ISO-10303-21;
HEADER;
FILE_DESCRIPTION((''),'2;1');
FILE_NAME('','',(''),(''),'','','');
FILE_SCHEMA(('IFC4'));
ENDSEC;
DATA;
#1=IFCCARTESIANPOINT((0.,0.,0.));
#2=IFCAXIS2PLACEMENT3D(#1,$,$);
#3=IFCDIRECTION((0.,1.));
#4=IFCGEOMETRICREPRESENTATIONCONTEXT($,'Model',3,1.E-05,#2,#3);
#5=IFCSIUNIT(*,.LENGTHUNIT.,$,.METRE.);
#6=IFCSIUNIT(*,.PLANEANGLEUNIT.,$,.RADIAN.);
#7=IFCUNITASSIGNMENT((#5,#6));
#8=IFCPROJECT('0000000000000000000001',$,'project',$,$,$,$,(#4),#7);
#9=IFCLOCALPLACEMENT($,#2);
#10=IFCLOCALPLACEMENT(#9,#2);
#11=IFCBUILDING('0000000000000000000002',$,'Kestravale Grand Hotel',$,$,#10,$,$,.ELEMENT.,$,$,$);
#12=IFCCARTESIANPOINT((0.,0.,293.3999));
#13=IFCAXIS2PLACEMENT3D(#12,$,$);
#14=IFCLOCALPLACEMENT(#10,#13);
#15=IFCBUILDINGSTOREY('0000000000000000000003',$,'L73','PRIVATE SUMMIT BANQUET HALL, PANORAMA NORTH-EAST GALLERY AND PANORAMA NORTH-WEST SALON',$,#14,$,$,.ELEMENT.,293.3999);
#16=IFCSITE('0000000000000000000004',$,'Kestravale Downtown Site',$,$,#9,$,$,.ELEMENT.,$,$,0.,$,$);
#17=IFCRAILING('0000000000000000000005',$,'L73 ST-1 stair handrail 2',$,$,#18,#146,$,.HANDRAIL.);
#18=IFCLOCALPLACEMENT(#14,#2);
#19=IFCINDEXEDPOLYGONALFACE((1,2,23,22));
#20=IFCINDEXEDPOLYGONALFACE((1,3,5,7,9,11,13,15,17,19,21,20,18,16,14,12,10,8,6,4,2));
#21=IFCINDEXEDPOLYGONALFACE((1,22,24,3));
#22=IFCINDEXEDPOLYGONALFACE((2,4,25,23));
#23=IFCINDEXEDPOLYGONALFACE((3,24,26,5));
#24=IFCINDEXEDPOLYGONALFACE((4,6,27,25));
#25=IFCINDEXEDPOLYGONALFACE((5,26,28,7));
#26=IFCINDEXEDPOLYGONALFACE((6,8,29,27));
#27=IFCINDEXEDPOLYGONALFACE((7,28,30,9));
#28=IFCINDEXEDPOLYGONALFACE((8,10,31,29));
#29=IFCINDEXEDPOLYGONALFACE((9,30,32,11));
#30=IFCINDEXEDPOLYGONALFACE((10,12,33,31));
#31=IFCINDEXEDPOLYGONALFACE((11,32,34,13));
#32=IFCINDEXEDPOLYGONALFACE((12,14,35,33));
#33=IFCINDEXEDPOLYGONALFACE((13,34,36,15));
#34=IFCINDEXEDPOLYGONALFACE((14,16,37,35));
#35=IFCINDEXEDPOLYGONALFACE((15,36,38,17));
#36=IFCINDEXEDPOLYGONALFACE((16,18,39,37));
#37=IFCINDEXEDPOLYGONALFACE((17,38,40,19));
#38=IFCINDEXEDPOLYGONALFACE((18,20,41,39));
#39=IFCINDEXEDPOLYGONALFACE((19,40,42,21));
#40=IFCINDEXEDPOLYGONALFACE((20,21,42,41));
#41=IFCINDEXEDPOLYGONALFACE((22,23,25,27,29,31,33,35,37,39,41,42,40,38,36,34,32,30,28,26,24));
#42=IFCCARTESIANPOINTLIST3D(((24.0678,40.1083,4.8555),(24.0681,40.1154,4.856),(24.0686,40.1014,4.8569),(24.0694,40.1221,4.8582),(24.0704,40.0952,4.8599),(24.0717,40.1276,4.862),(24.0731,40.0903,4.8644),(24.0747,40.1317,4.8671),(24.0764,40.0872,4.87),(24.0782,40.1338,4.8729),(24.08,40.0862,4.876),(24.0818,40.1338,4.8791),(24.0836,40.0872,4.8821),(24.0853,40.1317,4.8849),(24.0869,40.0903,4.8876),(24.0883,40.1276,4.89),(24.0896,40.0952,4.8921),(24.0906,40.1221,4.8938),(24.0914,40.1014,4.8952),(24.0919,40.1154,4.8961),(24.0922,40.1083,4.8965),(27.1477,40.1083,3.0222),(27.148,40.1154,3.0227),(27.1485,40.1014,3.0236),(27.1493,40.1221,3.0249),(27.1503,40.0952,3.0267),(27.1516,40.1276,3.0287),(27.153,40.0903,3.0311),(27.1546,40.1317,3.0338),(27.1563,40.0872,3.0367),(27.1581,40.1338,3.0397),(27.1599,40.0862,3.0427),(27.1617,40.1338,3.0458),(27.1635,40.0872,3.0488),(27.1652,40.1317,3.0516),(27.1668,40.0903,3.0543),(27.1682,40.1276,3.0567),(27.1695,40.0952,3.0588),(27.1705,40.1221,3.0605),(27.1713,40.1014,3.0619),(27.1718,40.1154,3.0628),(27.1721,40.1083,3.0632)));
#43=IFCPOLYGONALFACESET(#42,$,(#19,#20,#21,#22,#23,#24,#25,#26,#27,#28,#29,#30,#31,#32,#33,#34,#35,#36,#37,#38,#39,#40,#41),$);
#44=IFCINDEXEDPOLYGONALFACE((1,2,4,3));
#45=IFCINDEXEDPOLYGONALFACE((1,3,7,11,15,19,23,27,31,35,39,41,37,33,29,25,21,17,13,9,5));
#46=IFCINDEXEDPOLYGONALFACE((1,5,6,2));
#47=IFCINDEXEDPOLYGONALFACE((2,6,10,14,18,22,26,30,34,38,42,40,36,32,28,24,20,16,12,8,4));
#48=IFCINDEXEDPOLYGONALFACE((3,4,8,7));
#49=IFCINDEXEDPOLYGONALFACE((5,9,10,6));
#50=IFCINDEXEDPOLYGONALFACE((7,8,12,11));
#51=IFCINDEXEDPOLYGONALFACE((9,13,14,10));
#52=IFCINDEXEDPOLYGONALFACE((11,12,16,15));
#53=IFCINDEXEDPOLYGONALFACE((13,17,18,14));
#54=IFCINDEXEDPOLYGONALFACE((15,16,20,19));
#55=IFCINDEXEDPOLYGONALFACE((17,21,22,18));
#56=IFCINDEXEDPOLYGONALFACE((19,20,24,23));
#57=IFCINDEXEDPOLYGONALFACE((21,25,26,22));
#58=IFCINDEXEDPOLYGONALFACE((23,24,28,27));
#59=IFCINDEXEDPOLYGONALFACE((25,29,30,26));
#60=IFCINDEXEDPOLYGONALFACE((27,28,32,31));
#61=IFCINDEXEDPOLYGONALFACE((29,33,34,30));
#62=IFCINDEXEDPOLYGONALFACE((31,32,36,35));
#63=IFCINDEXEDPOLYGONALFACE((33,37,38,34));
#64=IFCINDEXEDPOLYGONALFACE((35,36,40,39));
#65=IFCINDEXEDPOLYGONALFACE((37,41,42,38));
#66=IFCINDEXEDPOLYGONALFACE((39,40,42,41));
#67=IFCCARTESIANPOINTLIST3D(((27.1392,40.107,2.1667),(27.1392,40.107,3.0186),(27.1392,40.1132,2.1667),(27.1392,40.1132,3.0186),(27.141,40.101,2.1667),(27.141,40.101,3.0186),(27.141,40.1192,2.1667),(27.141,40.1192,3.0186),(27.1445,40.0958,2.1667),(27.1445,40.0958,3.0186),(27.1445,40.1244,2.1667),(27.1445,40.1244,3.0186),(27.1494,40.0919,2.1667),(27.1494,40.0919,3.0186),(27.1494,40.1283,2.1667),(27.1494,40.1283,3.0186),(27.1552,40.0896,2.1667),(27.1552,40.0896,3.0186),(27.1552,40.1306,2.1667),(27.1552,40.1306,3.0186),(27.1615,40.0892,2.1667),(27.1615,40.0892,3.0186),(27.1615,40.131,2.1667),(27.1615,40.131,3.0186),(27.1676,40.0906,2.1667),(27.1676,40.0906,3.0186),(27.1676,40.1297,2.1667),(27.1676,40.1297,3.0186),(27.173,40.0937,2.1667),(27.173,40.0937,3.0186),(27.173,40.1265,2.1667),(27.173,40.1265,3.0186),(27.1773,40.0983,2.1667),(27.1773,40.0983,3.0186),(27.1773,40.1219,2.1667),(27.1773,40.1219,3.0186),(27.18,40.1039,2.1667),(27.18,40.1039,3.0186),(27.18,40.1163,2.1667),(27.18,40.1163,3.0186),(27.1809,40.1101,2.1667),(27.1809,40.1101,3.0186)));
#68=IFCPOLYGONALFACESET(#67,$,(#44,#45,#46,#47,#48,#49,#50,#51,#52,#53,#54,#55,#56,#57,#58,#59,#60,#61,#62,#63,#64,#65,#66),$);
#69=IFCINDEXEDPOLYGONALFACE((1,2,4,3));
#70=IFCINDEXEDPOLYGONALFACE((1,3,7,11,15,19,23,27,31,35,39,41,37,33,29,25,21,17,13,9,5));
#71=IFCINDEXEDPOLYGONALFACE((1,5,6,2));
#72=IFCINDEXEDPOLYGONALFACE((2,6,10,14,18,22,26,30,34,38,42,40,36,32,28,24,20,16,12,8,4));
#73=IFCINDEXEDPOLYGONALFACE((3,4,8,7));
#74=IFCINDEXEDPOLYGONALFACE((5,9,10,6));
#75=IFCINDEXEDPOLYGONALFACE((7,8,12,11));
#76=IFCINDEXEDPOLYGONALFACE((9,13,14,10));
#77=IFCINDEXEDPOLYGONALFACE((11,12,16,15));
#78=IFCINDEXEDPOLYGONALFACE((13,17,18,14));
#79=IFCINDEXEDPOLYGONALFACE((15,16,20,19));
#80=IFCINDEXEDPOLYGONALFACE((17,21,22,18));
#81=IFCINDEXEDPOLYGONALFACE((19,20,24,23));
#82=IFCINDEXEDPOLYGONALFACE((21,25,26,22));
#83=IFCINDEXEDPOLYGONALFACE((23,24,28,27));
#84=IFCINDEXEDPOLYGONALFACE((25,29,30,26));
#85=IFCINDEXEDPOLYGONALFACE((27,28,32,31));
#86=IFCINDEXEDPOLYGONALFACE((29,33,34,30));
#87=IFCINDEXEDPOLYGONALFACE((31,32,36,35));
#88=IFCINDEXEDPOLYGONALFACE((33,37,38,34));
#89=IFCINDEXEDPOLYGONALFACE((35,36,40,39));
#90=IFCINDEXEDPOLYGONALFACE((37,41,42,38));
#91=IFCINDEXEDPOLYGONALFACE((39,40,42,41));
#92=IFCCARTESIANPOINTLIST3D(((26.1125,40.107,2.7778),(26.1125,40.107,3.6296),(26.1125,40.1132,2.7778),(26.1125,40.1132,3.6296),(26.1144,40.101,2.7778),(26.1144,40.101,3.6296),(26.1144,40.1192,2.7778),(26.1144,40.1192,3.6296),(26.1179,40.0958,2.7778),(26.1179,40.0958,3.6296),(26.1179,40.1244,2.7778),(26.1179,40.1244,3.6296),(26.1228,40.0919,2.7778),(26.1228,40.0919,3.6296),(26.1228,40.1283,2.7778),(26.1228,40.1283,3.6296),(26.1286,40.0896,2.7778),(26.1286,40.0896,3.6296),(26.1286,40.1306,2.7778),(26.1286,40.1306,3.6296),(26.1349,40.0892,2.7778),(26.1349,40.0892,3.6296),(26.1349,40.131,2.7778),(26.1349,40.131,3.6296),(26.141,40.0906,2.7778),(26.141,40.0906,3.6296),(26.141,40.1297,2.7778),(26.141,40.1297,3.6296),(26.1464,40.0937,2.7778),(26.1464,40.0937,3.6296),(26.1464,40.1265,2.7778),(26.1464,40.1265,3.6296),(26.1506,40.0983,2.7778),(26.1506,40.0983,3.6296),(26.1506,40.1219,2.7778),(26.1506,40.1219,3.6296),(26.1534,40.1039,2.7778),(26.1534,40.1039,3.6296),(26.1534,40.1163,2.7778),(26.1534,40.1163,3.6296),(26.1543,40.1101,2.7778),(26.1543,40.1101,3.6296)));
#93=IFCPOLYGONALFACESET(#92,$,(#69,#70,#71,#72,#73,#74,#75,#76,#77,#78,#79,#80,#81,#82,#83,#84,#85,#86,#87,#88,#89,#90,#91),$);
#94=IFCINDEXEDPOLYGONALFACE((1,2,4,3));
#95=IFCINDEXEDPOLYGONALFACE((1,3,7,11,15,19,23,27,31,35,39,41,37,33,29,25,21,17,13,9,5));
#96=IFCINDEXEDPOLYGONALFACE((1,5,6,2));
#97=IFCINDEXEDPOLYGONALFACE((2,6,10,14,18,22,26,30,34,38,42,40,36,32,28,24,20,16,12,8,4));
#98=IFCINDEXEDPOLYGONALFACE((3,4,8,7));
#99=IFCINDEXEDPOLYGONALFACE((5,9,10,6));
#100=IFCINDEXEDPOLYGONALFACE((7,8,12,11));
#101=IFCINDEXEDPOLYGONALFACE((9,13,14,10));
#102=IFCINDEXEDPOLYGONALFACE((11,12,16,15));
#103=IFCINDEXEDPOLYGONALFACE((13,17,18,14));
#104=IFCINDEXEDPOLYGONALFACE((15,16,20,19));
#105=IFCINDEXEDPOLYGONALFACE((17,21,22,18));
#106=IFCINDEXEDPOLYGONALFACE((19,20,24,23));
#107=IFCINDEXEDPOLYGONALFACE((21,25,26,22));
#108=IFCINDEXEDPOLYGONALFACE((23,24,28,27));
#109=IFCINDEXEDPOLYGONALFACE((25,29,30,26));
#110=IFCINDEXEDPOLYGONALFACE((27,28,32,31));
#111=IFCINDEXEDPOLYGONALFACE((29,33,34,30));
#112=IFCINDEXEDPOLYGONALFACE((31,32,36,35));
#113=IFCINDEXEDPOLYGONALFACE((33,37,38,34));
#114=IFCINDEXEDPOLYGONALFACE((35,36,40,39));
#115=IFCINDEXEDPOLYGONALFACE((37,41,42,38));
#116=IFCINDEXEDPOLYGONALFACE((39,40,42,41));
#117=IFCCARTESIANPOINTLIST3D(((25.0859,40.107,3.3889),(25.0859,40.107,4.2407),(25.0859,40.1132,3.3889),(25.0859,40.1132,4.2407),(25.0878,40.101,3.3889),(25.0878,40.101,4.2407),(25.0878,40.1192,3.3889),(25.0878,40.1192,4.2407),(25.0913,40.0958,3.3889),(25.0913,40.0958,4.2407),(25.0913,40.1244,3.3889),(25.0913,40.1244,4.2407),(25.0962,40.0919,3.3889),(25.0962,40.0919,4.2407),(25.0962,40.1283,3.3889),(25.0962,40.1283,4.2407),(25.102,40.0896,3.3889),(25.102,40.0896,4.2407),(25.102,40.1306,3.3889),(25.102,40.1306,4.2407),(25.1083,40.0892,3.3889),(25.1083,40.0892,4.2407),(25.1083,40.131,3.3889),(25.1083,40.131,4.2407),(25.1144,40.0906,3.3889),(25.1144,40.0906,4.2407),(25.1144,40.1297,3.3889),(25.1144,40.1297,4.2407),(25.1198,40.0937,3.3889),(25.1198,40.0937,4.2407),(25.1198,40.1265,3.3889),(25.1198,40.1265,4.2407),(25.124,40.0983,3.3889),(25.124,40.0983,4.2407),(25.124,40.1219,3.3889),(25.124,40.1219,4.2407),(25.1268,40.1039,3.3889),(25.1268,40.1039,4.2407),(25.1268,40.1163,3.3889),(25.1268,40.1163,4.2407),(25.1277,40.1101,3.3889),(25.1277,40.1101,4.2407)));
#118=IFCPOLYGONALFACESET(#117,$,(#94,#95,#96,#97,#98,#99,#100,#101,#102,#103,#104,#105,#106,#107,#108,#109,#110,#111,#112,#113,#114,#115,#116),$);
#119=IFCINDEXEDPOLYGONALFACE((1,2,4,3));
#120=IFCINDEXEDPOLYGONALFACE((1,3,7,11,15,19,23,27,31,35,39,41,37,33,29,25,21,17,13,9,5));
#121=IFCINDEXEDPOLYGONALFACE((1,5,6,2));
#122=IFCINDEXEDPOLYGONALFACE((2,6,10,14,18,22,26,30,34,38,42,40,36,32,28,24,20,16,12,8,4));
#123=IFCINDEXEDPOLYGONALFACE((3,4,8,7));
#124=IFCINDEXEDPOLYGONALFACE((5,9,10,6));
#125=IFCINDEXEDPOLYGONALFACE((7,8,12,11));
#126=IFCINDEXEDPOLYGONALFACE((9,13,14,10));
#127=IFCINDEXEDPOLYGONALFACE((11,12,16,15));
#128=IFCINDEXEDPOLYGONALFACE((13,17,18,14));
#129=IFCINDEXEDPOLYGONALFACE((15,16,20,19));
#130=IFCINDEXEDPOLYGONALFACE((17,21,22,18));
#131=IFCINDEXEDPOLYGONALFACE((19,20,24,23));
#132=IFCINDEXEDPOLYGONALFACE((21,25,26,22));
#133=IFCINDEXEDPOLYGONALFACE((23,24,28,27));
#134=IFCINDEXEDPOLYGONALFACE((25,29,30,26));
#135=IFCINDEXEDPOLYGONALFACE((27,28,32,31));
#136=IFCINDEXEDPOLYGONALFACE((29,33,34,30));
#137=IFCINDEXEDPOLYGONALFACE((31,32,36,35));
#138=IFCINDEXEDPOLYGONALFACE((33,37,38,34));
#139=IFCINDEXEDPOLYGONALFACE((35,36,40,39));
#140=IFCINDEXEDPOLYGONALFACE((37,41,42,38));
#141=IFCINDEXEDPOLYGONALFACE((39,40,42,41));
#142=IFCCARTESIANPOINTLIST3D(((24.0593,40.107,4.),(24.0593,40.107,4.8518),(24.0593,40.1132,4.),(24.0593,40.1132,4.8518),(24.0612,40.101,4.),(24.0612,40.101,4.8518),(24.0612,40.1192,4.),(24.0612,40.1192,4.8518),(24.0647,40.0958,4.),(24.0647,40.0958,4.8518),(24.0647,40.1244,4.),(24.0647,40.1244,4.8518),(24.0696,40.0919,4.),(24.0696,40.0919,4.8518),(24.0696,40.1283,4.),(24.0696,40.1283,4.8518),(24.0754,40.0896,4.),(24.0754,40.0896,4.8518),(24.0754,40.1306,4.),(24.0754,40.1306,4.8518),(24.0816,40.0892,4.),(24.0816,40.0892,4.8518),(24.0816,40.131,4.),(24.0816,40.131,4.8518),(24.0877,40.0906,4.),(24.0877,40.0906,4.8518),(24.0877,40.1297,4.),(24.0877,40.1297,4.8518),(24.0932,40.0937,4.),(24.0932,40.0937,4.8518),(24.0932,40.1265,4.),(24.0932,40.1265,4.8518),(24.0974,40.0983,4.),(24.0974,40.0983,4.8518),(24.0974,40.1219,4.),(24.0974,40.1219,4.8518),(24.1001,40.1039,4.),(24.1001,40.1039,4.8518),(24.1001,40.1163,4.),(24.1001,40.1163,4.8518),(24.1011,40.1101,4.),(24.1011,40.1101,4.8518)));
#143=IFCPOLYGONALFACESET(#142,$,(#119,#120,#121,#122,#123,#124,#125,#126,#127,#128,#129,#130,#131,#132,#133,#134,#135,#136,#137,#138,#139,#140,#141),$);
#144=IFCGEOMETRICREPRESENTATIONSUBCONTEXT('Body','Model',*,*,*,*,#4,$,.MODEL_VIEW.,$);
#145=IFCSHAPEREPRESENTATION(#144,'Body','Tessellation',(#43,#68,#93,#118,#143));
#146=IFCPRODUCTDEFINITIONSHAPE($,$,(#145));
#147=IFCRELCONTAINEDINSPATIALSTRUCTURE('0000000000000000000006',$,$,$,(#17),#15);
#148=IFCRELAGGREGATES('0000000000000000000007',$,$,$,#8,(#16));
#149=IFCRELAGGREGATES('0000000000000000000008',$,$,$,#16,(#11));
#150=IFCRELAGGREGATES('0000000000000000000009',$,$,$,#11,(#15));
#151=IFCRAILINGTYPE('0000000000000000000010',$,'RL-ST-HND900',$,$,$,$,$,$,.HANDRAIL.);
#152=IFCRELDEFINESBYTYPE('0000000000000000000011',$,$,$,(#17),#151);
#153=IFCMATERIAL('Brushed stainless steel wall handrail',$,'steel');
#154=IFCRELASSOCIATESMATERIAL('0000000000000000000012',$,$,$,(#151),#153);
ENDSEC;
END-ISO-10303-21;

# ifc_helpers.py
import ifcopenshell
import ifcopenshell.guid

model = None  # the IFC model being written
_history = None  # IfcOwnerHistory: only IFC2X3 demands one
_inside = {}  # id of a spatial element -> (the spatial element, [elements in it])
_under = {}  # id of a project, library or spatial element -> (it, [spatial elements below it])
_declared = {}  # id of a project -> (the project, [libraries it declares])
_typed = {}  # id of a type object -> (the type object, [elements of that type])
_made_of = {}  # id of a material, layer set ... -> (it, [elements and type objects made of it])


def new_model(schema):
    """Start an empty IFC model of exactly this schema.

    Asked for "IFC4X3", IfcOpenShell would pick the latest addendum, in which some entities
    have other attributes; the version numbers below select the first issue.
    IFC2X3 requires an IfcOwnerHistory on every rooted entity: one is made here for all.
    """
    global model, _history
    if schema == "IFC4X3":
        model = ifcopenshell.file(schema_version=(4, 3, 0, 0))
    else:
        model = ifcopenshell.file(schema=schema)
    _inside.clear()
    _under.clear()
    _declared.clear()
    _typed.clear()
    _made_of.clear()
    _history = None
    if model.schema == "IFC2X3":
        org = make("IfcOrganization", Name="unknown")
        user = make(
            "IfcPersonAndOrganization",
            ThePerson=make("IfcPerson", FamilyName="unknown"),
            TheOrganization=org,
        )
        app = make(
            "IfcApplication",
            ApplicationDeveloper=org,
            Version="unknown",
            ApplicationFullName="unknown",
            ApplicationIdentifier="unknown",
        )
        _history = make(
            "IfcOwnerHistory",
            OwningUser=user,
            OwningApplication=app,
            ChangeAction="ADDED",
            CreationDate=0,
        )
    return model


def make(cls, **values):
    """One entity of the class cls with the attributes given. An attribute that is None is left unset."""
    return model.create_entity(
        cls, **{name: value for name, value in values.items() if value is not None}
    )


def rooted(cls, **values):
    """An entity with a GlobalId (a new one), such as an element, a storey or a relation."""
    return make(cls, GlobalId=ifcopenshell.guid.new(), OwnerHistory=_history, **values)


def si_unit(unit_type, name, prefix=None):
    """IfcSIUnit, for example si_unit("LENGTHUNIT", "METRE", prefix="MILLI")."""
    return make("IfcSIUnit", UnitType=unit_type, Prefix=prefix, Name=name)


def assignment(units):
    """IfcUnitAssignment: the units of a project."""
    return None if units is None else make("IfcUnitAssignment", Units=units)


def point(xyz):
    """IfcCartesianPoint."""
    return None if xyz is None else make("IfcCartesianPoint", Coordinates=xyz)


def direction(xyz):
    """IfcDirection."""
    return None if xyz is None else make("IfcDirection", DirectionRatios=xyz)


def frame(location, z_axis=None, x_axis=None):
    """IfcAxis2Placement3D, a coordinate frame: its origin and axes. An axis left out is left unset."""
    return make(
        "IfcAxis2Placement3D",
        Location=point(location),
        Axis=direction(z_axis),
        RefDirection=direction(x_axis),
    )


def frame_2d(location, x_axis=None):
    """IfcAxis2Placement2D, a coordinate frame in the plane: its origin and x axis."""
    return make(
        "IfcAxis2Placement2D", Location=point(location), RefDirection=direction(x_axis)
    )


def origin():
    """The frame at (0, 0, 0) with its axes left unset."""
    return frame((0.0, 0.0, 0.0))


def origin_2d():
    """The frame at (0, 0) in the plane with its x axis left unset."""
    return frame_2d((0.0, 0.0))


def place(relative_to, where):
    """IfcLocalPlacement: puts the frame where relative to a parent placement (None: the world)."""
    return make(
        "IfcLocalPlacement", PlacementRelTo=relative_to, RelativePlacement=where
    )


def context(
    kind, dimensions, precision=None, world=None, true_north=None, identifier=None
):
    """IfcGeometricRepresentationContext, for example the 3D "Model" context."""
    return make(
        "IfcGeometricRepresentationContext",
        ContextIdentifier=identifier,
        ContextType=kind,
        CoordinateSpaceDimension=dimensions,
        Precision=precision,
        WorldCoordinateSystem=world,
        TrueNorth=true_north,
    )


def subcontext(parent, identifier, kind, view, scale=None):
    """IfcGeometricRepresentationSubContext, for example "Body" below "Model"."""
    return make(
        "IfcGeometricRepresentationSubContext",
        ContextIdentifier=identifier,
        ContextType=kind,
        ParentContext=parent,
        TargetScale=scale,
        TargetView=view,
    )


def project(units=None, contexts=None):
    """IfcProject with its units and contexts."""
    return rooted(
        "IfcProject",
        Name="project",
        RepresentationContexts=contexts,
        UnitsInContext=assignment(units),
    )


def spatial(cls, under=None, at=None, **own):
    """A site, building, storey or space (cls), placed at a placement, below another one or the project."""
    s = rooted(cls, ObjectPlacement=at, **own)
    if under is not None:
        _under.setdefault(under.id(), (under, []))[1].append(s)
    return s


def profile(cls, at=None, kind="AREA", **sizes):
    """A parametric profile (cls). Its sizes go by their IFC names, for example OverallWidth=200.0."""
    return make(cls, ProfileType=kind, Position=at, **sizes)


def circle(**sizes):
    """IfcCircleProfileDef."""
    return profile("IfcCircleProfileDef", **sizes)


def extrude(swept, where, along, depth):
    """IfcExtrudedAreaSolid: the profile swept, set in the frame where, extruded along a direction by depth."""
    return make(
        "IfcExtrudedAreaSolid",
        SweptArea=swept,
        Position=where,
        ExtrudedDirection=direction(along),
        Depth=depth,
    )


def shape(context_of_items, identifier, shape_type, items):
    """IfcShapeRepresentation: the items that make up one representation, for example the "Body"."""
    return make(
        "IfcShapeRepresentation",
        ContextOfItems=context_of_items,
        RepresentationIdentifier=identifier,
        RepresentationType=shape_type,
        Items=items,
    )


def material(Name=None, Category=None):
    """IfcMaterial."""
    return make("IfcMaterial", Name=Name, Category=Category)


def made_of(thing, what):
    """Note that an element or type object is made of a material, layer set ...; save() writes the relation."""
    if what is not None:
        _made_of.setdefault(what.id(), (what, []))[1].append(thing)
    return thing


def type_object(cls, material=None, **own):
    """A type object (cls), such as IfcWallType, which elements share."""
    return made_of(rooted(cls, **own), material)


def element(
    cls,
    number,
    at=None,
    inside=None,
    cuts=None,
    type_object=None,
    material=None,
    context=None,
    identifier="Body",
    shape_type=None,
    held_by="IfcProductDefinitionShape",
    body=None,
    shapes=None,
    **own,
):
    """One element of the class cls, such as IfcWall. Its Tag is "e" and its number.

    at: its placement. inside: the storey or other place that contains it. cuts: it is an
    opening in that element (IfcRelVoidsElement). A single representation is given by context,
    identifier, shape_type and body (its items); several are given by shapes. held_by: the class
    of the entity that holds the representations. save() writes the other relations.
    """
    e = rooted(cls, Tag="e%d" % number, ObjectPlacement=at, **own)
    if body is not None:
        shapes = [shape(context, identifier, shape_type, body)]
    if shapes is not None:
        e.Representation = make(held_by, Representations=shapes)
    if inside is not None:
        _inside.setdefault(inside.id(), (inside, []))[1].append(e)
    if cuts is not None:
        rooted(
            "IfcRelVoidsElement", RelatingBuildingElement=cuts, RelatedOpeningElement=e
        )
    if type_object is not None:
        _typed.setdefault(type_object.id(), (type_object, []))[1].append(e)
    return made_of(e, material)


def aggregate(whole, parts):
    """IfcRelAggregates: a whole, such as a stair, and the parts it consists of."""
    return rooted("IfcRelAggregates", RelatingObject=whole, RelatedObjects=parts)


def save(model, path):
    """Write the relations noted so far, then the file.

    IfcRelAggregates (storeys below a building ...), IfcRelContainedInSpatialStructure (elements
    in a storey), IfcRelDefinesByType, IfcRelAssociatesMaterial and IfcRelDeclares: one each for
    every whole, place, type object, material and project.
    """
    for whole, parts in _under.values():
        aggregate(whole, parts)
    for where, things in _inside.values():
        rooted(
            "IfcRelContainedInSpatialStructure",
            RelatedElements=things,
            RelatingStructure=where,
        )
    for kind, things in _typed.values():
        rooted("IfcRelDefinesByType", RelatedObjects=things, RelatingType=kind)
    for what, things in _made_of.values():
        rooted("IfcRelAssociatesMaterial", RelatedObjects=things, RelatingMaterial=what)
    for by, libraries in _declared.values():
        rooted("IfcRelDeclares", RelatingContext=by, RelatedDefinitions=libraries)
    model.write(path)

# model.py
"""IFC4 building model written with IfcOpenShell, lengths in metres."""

from ifc_helpers import new_model, si_unit, direction, frame, origin, origin_2d, place, context, subcontext, project, spatial, circle, extrude, material, type_object, element, save


model = new_model("IFC4")

# Units and contexts
model_context = context("Model", 3, precision=1e-05, world=origin(), true_north=direction((0.0, 1.0)))
body_context = subcontext(model_context, "Body", "Model", "MODEL_VIEW")
ifc_project = project(units=[si_unit("LENGTHUNIT", "METRE"), si_unit("PLANEANGLEUNIT", "RADIAN")], contexts=[model_context])

# Site, building, storey
site_placement = place(None, origin())
site = spatial("IfcSite", under=ifc_project, at=site_placement, Name="Kestravale Downtown Site", CompositionType="ELEMENT", RefElevation=0.0)
building_placement = place(site_placement, origin())
building = spatial("IfcBuilding", under=site, at=building_placement, Name="Kestravale Grand Hotel", CompositionType="ELEMENT")
storey_placement = place(building_placement, frame((0.0, 0.0, 293.3999)))
storey = spatial("IfcBuildingStorey", under=building, at=storey_placement, Name="L73", Description="PRIVATE SUMMIT BANQUET HALL, PANORAMA NORTH-EAST GALLERY AND PANORAMA NORTH-WEST SALON", CompositionType="ELEMENT", Elevation=293.3999)

# Railing
ifc_material_1 = material(Name="Brushed stainless steel wall handrail", Category="steel")
railing_type_1 = type_object("IfcRailingType", Name="RL-ST-HND900", PredefinedType="HANDRAIL", material=ifc_material_1)
railing_1_placement = place(storey_placement, frame((27.1599, 40.1101, 2.1667)))
element("IfcRailing", 1, at=railing_1_placement, inside=storey, type_object=railing_type_1, Name="L73 ST-1 stair handrail 2", PredefinedType="HANDRAIL", context=body_context, shape_type="SweptSolid", body=[
    extrude(circle(Radius=0.0239, at=origin_2d()), frame((0.0, 0.0, 0.876), z_axis=(-0.859291, 0.0, 0.511487), x_axis=(0.0, -1.0, 0.0)), (0.0, 0.0, 1.0), 3.5842),
    extrude(circle(Radius=0.021, at=origin_2d()), origin(), (0.0, 0.0, 1.0), 0.8518),
    extrude(circle(Radius=0.021, at=origin_2d()), frame((-1.0266, 0.0, 0.6111)), (0.0, 0.0, 1.0), 0.8518),
    extrude(circle(Radius=0.021, at=origin_2d()), frame((-2.0532, 0.0, 1.2222)), (0.0, 0.0, 1.0), 0.8518),
    extrude(circle(Radius=0.021, at=origin_2d()), frame((-3.0798, 0.0, 1.8333)), (0.0, 0.0, 1.0), 0.8518),
])

save(model, "model.ifc")
